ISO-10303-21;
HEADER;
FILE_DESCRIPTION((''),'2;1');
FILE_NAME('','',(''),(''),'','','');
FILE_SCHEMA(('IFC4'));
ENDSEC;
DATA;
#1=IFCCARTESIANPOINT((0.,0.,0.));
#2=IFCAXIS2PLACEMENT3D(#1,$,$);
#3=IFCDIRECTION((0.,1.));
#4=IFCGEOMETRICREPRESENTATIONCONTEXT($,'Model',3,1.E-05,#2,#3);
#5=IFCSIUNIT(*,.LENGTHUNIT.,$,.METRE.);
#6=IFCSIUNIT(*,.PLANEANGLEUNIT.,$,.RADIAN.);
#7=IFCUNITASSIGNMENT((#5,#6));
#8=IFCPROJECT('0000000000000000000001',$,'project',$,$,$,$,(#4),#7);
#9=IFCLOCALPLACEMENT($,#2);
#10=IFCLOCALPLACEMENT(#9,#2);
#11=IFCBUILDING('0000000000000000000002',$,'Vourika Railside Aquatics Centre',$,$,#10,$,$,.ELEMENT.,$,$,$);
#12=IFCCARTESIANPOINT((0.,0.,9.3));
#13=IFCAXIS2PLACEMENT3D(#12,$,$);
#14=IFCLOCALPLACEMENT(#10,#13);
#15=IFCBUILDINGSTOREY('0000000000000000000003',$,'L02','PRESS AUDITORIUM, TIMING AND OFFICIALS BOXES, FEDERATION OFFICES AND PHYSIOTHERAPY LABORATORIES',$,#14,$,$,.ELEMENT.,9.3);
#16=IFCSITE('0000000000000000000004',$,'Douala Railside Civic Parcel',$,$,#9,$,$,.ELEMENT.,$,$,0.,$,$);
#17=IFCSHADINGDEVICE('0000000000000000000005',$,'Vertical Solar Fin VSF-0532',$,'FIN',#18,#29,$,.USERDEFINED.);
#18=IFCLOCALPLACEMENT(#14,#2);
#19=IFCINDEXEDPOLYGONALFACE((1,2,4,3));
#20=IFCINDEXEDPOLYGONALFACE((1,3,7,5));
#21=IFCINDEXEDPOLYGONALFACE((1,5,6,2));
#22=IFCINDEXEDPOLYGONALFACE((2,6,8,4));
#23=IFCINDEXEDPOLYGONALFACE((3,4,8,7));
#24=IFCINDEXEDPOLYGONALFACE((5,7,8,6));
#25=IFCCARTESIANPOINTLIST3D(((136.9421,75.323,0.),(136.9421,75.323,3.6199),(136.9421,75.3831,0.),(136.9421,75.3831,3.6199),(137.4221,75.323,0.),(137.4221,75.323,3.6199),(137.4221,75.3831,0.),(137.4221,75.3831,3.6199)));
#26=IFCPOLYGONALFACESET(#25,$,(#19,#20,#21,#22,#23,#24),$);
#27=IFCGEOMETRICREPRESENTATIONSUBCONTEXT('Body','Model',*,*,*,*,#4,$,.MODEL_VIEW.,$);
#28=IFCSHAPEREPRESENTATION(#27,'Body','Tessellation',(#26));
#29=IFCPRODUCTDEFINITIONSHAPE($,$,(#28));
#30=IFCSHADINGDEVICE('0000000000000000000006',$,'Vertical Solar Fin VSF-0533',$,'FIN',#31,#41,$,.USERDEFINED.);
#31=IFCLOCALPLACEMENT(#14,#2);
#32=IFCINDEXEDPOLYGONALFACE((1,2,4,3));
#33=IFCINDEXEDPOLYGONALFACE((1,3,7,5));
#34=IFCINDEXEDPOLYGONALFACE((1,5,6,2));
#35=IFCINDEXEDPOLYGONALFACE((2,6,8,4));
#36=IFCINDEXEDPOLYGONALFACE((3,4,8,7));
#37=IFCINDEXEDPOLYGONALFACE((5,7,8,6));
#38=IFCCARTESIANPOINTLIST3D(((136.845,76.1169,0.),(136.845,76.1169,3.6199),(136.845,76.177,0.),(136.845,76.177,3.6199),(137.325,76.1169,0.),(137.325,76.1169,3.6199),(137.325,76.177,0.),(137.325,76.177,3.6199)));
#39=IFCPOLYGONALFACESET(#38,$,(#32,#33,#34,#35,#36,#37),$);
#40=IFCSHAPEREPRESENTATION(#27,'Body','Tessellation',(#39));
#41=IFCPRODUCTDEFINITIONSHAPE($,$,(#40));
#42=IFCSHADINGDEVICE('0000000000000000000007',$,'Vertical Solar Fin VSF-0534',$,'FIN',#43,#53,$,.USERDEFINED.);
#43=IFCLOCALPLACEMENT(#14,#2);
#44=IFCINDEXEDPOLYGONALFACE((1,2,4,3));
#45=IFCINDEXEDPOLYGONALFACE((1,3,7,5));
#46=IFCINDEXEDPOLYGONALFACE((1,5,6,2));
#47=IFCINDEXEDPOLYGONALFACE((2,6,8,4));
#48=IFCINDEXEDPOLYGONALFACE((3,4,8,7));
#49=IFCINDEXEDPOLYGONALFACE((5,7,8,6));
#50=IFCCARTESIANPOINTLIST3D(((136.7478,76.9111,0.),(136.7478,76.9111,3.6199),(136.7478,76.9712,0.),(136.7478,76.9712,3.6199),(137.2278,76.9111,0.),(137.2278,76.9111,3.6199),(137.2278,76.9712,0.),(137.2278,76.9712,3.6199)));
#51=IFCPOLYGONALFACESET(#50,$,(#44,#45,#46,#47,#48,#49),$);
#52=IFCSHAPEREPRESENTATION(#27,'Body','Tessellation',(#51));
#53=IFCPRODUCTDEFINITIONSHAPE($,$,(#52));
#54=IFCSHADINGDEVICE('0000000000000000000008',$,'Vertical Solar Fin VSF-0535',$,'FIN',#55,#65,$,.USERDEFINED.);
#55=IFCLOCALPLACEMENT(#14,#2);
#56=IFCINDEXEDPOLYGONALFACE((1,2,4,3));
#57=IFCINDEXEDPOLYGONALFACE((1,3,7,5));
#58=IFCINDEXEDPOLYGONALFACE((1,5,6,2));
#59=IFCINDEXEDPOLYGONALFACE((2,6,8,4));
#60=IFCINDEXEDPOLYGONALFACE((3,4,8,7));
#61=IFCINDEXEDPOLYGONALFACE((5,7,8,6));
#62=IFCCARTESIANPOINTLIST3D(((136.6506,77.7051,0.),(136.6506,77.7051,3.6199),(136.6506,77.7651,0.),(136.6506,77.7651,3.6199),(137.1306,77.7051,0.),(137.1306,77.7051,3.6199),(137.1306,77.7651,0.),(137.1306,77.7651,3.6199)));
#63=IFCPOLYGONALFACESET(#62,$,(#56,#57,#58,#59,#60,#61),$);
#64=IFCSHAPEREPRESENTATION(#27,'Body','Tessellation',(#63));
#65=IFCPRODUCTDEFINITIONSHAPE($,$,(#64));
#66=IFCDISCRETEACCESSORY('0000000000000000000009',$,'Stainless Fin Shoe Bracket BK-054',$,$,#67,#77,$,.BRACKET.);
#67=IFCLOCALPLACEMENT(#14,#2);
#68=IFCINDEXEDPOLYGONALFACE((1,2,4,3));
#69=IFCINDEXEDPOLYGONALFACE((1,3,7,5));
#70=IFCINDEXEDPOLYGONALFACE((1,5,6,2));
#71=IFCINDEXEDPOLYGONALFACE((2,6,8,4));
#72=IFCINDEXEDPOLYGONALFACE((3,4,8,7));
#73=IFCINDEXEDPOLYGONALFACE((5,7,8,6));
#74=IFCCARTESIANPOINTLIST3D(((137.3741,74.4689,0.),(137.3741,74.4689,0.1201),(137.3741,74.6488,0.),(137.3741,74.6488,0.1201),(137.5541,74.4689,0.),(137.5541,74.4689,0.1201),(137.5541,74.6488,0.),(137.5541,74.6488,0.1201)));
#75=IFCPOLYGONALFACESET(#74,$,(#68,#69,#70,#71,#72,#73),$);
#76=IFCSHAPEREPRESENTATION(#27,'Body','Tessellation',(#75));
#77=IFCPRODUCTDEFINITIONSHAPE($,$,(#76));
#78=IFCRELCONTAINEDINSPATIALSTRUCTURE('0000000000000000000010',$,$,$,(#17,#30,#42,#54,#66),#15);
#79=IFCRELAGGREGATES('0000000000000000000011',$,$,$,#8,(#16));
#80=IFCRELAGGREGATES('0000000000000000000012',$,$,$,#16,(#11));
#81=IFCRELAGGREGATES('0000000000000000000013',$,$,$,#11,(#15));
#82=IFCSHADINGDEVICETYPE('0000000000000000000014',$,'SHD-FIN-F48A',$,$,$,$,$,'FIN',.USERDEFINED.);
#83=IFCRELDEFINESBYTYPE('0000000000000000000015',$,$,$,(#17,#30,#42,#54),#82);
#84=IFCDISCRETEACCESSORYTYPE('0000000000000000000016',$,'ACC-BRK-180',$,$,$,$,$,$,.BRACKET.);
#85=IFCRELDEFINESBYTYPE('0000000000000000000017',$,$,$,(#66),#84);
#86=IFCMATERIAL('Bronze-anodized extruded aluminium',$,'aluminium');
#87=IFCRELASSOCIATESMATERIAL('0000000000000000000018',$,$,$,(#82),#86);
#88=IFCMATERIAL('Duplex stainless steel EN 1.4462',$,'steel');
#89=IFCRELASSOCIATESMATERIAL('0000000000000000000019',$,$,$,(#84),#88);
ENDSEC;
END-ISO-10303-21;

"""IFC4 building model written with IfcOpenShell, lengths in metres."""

from ifc_helpers import new_model, si_unit, direction, frame, origin, origin_2d, place, context, subcontext, project, spatial, rectangle, extrude, material, material_profile, profile_set, type_object, element, save


model = new_model("IFC4")

# Units and contexts
model_context = context("Model", 3, precision=1e-05, world=origin(), true_north=direction((0.0, 1.0)))
body_context = subcontext(model_context, "Body", "Model", "MODEL_VIEW")
ifc_project = project(units=[si_unit("LENGTHUNIT", "METRE"), si_unit("PLANEANGLEUNIT", "RADIAN")], contexts=[model_context])

# Site, building, storey
site_placement = place(None, origin())
site = spatial("IfcSite", under=ifc_project, at=site_placement, Name="Douala Railside Civic Parcel", CompositionType="ELEMENT", RefElevation=0.0)
building_placement = place(site_placement, origin())
building = spatial("IfcBuilding", under=site, at=building_placement, Name="Vourika Railside Aquatics Centre", CompositionType="ELEMENT")
storey_placement = place(building_placement, frame((0.0, 0.0, 9.3)))
storey = spatial("IfcBuildingStorey", under=building, at=storey_placement, Name="L02", Description="PRESS AUDITORIUM, TIMING AND OFFICIALS BOXES, FEDERATION OFFICES AND PHYSIOTHERAPY LABORATORIES", CompositionType="ELEMENT", Elevation=9.3)

# Shading devices
ifc_material_1 = material(Name="Bronze-anodized extruded aluminium", Category="aluminium")
ifc_material_profile_1 = material_profile(ifc_material_1, rectangle(XDim=0.0601, YDim=0.48, at=origin_2d()), Name="ALU-FIN 60x480")
ifc_profile_set_1 = profile_set([ifc_material_profile_1], Name="Bronze-anodized extruded aluminium")
shading_device_type = type_object("IfcShadingDeviceType", Name="SHD-FIN-F48A", ElementType="FIN", PredefinedType="USERDEFINED", material=ifc_profile_set_1)
for number, where, z_axis, x_axis, name in (
    (1, (137.1821, 75.353, 0.0), (0.0, 0.0, 1.0), (0.0, 1.0, 0.0), "Vertical Solar Fin VSF-0532"),
    (2, (137.085, 76.147, 0.0), (0.0, 0.0, 1.0), (0.0, 1.0, 0.0), "Vertical Solar Fin VSF-0533"),
    (3, (136.9878, 76.9412, 0.0), (0.0, 0.0, 1.0), (0.0, 1.0, 0.0), "Vertical Solar Fin VSF-0534"),
    (4, (136.8906, 77.7351, 0.0), (0.0, 0.0, 1.0), (0.0, 1.0, 0.0), "Vertical Solar Fin VSF-0535"),
):
    element("IfcShadingDevice", number, at=place(storey_placement, frame(where, z_axis=z_axis, x_axis=x_axis)), inside=storey, type_object=shading_device_type, Name=name, ObjectType="FIN", PredefinedType="USERDEFINED", context=body_context, shape_type="SweptSolid", body=[
        extrude(rectangle(XDim=0.0601, YDim=0.48, at=origin_2d()), origin(), (0.0, 0.0, 1.0), 3.6199),
    ])

# Discrete accessory
ifc_material_2 = material(Name="Duplex stainless steel EN 1.4462", Category="steel")
discrete_accessory_type = type_object("IfcDiscreteAccessoryType", Name="ACC-BRK-180", PredefinedType="BRACKET", material=ifc_material_2)
discrete_accessory_placement = place(storey_placement, frame((137.4641, 74.5588, 0.0), z_axis=(0.0, 0.0, 1.0), x_axis=(-1.0, 0.0, 0.0)))
element("IfcDiscreteAccessory", 5, at=discrete_accessory_placement, inside=storey, type_object=discrete_accessory_type, Name="Stainless Fin Shoe Bracket BK-054", PredefinedType="BRACKET", context=body_context, shape_type="SweptSolid", body=[
    extrude(rectangle(XDim=0.1799, YDim=0.1799, at=origin_2d()), origin(), (0.0, 0.0, 1.0), 0.1201),
])

save(model, "model.ifc")
